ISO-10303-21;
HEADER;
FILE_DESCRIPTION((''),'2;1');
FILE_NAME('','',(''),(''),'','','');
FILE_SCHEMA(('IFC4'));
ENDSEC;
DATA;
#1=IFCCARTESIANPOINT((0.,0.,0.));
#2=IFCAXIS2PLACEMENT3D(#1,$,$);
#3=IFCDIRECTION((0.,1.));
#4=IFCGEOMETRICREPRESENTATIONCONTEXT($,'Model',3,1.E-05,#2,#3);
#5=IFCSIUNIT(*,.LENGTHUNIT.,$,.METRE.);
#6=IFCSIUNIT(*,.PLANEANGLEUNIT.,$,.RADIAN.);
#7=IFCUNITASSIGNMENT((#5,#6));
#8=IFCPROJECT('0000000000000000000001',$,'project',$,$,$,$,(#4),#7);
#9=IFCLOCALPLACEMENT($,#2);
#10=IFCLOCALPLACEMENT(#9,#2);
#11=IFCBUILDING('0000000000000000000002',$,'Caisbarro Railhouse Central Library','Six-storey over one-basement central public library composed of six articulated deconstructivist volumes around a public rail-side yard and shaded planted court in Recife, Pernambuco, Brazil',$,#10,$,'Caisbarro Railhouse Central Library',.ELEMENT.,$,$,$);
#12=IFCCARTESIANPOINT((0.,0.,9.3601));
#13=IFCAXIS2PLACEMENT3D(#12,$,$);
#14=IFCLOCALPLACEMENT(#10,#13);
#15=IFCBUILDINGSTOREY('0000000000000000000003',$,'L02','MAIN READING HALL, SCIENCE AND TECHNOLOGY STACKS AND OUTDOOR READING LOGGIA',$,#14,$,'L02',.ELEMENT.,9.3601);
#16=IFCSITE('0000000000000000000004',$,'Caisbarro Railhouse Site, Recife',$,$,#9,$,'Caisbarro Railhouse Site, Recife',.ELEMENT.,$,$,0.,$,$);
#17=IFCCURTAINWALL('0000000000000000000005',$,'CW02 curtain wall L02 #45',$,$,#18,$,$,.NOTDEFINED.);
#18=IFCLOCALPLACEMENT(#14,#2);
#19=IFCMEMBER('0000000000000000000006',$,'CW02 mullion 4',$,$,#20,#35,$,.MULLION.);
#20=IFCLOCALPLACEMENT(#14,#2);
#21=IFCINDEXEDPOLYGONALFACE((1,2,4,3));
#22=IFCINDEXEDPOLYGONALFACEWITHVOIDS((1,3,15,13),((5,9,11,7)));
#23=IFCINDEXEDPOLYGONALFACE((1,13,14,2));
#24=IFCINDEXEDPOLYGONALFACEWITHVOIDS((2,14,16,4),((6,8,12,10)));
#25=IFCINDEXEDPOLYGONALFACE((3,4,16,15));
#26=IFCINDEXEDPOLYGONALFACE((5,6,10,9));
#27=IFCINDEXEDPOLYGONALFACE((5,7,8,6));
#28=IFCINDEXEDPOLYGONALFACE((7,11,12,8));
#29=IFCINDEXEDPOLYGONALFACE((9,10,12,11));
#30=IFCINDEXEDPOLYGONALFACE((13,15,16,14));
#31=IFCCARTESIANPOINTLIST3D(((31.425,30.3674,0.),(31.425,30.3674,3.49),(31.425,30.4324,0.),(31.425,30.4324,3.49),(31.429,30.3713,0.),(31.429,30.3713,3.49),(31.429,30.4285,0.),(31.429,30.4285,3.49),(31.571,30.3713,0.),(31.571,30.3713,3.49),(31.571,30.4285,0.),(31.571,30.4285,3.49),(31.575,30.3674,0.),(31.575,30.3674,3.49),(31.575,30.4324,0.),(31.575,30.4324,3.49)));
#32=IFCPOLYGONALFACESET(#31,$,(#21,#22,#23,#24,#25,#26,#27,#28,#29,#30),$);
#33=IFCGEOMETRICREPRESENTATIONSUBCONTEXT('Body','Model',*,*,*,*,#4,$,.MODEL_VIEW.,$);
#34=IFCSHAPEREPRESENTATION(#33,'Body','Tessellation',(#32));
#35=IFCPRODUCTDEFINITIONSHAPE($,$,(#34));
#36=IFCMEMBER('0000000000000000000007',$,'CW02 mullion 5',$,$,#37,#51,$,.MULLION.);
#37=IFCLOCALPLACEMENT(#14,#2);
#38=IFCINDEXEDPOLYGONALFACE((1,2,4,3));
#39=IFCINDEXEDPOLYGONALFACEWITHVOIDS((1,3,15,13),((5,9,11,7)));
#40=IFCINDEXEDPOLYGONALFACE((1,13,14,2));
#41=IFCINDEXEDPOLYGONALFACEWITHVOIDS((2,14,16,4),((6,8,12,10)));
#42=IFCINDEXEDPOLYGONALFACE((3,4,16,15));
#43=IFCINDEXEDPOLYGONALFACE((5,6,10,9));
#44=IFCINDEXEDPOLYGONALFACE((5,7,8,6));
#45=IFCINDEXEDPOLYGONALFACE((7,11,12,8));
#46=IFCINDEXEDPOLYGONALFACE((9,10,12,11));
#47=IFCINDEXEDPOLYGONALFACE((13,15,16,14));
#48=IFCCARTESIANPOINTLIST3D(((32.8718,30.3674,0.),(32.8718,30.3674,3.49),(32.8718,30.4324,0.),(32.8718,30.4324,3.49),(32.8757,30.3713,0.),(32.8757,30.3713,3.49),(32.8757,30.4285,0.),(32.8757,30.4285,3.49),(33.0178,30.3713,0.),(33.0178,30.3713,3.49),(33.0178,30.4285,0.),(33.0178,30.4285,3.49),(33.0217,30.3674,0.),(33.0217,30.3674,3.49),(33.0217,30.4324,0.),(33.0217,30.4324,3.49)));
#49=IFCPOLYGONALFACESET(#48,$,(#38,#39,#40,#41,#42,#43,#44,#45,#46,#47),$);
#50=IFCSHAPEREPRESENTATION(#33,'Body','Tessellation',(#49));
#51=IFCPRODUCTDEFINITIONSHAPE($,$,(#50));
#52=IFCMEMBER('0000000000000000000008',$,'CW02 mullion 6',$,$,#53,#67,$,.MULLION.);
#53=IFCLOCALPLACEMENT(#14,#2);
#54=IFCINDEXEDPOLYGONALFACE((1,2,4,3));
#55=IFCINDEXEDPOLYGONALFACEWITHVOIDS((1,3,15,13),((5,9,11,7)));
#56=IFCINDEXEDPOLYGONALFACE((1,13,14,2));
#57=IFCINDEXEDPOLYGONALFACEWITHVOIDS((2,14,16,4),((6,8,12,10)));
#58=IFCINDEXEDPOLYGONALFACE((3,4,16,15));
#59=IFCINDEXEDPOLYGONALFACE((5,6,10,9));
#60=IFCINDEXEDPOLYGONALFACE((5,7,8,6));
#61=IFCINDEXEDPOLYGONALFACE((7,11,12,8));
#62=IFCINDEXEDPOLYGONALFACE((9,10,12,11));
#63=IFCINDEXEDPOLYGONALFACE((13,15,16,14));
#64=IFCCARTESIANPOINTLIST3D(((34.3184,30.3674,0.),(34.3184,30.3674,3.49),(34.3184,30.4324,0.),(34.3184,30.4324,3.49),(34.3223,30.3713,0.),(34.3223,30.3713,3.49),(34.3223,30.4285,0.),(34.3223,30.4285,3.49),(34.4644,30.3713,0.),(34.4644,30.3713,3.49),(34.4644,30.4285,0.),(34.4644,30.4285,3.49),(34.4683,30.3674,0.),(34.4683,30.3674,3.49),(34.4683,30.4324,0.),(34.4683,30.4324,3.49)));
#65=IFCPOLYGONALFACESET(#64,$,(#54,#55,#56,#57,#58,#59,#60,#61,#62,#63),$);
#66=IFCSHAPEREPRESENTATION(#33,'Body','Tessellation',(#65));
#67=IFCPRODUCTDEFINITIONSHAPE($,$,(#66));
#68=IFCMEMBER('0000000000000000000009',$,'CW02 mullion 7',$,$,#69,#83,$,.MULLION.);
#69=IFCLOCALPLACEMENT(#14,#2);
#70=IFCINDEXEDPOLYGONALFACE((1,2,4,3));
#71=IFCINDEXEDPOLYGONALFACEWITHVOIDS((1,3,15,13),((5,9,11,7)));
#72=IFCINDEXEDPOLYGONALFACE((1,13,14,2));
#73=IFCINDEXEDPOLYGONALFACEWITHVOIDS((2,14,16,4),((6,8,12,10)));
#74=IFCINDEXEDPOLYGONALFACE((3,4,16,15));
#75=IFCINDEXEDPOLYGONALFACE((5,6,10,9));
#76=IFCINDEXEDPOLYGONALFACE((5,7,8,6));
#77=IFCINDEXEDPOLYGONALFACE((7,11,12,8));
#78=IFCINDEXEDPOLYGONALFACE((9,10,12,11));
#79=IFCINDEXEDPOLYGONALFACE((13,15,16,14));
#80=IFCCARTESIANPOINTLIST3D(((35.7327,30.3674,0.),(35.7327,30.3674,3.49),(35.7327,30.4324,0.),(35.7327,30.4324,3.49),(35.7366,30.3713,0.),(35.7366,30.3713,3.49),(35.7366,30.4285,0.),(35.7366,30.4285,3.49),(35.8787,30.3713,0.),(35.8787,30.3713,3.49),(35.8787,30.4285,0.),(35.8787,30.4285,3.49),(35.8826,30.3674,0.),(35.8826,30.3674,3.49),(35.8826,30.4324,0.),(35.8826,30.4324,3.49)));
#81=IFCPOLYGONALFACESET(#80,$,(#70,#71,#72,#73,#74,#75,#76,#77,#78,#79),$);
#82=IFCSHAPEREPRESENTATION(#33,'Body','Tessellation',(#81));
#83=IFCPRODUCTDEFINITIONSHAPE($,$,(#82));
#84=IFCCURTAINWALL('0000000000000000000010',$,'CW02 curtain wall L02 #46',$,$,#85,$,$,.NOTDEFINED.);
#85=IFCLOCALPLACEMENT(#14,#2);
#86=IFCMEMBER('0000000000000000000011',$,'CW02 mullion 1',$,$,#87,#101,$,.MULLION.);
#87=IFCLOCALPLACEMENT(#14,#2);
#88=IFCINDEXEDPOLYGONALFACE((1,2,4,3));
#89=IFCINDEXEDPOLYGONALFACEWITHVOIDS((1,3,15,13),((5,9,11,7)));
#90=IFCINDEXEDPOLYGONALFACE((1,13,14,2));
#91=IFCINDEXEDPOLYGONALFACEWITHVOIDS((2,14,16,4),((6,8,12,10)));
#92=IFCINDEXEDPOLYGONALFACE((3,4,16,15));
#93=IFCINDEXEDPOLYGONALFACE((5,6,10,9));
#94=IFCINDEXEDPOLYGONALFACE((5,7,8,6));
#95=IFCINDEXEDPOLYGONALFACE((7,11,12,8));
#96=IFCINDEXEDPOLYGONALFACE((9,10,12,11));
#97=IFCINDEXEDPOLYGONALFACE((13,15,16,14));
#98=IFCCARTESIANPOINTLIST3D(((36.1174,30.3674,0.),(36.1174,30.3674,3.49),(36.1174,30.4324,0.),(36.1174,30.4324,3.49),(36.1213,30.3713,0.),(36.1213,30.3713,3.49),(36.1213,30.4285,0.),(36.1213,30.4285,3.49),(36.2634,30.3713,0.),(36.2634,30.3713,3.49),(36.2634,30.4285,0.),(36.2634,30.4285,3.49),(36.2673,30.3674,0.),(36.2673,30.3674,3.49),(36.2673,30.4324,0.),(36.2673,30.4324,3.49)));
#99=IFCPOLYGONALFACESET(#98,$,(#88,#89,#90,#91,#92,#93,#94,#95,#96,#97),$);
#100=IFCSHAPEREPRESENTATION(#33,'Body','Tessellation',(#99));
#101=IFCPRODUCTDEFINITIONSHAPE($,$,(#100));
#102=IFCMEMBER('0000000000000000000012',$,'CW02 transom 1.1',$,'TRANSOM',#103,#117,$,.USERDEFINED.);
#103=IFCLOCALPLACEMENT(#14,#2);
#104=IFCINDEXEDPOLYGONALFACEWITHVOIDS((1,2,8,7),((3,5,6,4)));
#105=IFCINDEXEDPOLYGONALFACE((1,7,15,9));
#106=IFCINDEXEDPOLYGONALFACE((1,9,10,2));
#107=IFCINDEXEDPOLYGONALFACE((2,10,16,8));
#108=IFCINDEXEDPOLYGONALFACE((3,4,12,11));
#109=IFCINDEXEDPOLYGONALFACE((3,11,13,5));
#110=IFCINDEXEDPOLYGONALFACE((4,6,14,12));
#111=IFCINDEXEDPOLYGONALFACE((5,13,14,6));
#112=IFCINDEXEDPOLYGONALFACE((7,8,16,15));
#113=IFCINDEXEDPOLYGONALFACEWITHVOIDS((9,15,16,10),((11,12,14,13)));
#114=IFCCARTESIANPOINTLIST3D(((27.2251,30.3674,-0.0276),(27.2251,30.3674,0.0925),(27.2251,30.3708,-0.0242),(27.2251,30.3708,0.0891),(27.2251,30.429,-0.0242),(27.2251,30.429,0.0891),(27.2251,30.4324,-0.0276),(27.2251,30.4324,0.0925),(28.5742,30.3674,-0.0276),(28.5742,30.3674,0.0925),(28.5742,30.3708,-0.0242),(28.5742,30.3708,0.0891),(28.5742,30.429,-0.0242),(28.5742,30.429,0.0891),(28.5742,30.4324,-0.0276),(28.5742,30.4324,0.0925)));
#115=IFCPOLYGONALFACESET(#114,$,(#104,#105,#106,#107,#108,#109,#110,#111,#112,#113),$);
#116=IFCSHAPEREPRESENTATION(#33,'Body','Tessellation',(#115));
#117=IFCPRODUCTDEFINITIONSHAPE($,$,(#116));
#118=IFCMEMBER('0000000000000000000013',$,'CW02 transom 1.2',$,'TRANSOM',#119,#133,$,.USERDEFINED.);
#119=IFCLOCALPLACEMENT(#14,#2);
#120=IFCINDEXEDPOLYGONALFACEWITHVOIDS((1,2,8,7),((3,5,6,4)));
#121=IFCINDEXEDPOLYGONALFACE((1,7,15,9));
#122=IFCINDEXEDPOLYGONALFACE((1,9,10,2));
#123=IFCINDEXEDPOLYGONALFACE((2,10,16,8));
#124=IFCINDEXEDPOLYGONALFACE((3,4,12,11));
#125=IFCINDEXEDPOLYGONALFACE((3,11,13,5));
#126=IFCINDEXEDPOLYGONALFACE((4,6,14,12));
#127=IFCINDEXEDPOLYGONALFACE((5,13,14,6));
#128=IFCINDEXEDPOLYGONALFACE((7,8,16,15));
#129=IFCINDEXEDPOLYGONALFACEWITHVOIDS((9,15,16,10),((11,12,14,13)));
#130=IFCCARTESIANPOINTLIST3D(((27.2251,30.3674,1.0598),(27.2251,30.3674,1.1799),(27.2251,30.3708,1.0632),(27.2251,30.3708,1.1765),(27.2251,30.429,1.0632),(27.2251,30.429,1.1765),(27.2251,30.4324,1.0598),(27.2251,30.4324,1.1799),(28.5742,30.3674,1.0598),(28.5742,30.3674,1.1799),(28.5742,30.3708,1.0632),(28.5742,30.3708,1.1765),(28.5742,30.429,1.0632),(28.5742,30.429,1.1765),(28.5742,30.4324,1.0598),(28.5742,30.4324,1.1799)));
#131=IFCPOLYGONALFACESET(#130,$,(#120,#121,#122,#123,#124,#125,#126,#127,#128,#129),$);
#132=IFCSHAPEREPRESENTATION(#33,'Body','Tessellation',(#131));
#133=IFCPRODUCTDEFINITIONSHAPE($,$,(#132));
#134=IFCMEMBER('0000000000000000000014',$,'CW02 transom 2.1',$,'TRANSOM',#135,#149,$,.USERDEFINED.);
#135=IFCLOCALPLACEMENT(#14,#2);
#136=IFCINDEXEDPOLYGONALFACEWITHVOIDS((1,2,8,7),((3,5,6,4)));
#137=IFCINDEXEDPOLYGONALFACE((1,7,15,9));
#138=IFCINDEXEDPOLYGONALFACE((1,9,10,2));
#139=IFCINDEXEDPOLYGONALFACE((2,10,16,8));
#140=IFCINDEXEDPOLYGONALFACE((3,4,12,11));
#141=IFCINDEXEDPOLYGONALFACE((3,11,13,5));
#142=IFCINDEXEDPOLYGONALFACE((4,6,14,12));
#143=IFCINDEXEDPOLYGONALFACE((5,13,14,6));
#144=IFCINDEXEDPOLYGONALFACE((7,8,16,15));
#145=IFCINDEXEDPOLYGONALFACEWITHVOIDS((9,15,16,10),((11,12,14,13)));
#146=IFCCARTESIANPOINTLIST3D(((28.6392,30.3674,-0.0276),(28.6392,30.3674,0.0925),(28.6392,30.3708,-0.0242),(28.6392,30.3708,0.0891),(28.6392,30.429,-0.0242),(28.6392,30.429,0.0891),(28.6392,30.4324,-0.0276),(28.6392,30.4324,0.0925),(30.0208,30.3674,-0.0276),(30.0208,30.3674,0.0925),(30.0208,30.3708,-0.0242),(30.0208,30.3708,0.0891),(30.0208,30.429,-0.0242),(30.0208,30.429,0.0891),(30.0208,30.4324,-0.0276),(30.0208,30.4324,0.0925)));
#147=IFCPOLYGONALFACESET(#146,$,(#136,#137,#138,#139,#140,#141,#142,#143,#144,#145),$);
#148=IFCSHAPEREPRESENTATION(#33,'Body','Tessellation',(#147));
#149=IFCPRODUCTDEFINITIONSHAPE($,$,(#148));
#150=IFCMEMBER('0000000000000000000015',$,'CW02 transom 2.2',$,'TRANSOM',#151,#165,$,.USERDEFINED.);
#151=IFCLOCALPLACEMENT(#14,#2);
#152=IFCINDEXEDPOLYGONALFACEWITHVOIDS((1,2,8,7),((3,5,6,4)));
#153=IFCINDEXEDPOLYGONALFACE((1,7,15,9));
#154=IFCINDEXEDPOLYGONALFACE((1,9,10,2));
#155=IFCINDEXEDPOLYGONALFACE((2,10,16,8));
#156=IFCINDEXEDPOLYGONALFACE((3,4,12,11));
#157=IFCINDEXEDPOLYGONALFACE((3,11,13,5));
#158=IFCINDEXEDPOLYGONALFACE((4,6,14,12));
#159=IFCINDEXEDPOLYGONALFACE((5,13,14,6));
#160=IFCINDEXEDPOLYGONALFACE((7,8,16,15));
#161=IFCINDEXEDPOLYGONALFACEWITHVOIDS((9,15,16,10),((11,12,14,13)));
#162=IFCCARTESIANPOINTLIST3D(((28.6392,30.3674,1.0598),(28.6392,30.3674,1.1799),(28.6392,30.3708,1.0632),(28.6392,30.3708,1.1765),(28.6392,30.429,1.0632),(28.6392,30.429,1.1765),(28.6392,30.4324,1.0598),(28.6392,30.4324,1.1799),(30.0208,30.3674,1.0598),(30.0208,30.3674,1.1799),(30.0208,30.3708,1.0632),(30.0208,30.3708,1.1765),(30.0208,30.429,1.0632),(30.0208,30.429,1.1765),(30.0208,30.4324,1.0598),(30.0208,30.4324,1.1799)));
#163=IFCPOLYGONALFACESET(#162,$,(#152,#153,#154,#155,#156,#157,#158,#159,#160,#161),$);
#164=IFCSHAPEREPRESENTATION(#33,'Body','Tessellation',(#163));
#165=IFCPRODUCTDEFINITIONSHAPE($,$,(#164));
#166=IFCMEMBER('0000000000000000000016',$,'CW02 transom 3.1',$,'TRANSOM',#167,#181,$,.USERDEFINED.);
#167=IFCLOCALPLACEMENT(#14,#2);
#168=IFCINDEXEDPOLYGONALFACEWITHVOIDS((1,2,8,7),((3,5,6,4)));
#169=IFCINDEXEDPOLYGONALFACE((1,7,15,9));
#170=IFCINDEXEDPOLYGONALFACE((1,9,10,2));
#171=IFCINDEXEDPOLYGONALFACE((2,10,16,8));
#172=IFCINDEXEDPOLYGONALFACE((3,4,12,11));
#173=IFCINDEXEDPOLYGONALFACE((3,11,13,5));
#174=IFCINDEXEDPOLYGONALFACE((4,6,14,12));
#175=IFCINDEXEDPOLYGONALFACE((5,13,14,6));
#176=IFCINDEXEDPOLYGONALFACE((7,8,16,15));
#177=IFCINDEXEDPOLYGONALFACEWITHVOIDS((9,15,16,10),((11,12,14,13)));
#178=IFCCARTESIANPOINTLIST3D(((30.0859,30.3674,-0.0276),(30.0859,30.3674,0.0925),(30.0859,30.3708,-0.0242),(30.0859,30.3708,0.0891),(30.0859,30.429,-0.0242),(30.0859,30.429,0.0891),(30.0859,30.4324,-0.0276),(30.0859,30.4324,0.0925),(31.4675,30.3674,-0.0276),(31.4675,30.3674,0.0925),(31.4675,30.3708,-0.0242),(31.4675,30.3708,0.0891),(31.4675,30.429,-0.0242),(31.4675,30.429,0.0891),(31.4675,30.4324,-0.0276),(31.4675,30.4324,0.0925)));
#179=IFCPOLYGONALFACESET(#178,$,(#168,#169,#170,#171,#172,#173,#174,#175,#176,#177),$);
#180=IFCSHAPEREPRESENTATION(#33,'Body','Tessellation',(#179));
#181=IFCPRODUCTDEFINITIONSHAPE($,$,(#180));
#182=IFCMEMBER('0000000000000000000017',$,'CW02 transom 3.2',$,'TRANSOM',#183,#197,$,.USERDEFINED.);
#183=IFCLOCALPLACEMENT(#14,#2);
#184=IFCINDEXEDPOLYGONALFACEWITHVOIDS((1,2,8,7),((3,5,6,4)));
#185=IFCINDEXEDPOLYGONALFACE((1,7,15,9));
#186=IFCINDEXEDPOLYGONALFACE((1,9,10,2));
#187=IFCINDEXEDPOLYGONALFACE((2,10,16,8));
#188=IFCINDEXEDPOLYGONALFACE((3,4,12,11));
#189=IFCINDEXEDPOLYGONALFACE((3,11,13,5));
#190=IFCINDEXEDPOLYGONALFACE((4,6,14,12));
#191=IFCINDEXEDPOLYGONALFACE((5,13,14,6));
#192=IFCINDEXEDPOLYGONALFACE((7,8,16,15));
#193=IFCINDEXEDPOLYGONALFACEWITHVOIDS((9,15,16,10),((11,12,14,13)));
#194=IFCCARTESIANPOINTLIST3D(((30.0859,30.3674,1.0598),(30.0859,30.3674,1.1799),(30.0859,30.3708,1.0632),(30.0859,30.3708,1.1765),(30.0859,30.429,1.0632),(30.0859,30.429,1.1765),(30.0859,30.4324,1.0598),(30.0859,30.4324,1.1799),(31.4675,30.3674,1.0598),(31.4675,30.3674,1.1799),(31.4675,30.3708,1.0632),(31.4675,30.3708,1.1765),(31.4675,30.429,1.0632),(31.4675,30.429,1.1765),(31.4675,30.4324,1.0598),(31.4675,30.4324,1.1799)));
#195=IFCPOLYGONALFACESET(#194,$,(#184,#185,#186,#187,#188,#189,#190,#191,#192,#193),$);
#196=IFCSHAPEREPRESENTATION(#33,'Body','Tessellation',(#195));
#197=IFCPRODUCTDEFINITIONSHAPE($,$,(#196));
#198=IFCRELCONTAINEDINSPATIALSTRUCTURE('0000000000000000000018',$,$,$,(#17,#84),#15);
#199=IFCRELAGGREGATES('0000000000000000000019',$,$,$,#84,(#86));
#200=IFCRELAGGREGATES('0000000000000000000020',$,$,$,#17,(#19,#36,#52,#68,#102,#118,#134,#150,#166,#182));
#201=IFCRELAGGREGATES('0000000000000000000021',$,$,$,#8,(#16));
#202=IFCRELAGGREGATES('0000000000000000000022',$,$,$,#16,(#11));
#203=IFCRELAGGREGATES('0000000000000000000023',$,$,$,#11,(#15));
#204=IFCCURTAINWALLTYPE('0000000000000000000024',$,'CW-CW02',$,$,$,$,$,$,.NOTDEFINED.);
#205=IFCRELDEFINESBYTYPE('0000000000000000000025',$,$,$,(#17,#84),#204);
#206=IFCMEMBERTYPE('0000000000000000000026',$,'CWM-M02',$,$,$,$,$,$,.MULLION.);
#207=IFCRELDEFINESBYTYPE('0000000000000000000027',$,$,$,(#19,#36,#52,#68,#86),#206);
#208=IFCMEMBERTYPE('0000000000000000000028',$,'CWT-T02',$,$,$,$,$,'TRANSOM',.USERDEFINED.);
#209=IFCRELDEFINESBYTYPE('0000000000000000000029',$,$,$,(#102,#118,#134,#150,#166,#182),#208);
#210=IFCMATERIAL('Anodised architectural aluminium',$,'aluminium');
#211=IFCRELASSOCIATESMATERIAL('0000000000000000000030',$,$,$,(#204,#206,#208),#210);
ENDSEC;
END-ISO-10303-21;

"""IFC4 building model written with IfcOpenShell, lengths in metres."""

from ifc_helpers import new_model, si_unit, direction, frame, origin, origin_2d, place, context, subcontext, project, spatial, hollow_rectangle, extrude, material, material_profile, profile_set, type_object, element, aggregate, save


model = new_model("IFC4")

# Units and contexts
model_context = context("Model", 3, precision=1e-05, world=origin(), true_north=direction((0.0, 1.0)))
body_context = subcontext(model_context, "Body", "Model", "MODEL_VIEW")
ifc_project = project(units=[si_unit("LENGTHUNIT", "METRE"), si_unit("PLANEANGLEUNIT", "RADIAN")], contexts=[model_context])

# Site, building, storey
site_placement = place(None, origin())
site = spatial("IfcSite", under=ifc_project, at=site_placement, Name="Caisbarro Railhouse Site, Recife", LongName="Caisbarro Railhouse Site, Recife", CompositionType="ELEMENT", RefElevation=0.0)
building_placement = place(site_placement, origin())
building = spatial("IfcBuilding", under=site, at=building_placement, Name="Caisbarro Railhouse Central Library", Description="Six-storey over one-basement central public library composed of six articulated deconstructivist volumes around a public rail-side yard and shaded planted court in Recife, Pernambuco, Brazil", LongName="Caisbarro Railhouse Central Library", CompositionType="ELEMENT")
storey_placement = place(building_placement, frame((0.0, 0.0, 9.3601)))
storey = spatial("IfcBuildingStorey", under=building, at=storey_placement, Name="L02", Description="MAIN READING HALL, SCIENCE AND TECHNOLOGY STACKS AND OUTDOOR READING LOGGIA", LongName="L02", CompositionType="ELEMENT", Elevation=9.3601)

# Curtain wall, members
ifc_material_1 = material(Name="Anodised architectural aluminium", Category="aluminium")
curtain_wall_type = type_object("IfcCurtainWallType", Name="CW-CW02", PredefinedType="NOTDEFINED", material=ifc_material_1)
curtain_wall_1_placement = place(storey_placement, origin())
curtain_wall_1 = element("IfcCurtainWall", 1, at=curtain_wall_1_placement, inside=storey, type_object=curtain_wall_type, Name="CW02 curtain wall L02 #45", PredefinedType="NOTDEFINED")
ifc_material_profile_1 = material_profile(ifc_material_1, hollow_rectangle(XDim=0.0649, YDim=0.1499, WallThickness=0.0039, at=origin_2d()), Name="ALU-MUL-65X150")
ifc_profile_set_1 = profile_set([ifc_material_profile_1], Name="Anodised architectural aluminium")
member_type_1 = type_object("IfcMemberType", Name="CWM-M02", PredefinedType="MULLION", material=ifc_profile_set_1)
member_1_placement = place(storey_placement, frame((31.5, 30.3999, 0.0), z_axis=(0.0, 0.0, 1.0), x_axis=(0.0, 1.0, 0.0)))
member_1 = element("IfcMember", 2, at=member_1_placement, type_object=member_type_1, Name="CW02 mullion 4", PredefinedType="MULLION", context=body_context, shape_type="SweptSolid", body=[
    extrude(hollow_rectangle(XDim=0.0649, YDim=0.1499, WallThickness=0.0039, at=origin_2d()), origin(), (0.0, 0.0, 1.0), 3.49),
])
member_2_placement = place(storey_placement, frame((32.9468, 30.3999, 0.0), z_axis=(0.0, 0.0, 1.0), x_axis=(0.0, 1.0, 0.0)))
member_2 = element("IfcMember", 3, at=member_2_placement, type_object=member_type_1, Name="CW02 mullion 5", PredefinedType="MULLION", context=body_context, shape_type="SweptSolid", body=[
    extrude(hollow_rectangle(XDim=0.0649, YDim=0.1499, WallThickness=0.0039, at=origin_2d()), origin(), (0.0, 0.0, 1.0), 3.49),
])
member_3_placement = place(storey_placement, frame((34.3933, 30.3999, 0.0), z_axis=(0.0, 0.0, 1.0), x_axis=(0.0, 1.0, 0.0)))
member_3 = element("IfcMember", 4, at=member_3_placement, type_object=member_type_1, Name="CW02 mullion 6", PredefinedType="MULLION", context=body_context, shape_type="SweptSolid", body=[
    extrude(hollow_rectangle(XDim=0.0649, YDim=0.1499, WallThickness=0.0039, at=origin_2d()), origin(), (0.0, 0.0, 1.0), 3.49),
])
member_4_placement = place(storey_placement, frame((35.8076, 30.3999, 0.0), z_axis=(0.0, 0.0, 1.0), x_axis=(0.0, 1.0, 0.0)))
member_4 = element("IfcMember", 5, at=member_4_placement, type_object=member_type_1, Name="CW02 mullion 7", PredefinedType="MULLION", context=body_context, shape_type="SweptSolid", body=[
    extrude(hollow_rectangle(XDim=0.0649, YDim=0.1499, WallThickness=0.0039, at=origin_2d()), origin(), (0.0, 0.0, 1.0), 3.49),
])

# Curtain wall, member
curtain_wall_2_placement = place(storey_placement, origin())
curtain_wall_2 = element("IfcCurtainWall", 6, at=curtain_wall_2_placement, inside=storey, type_object=curtain_wall_type, Name="CW02 curtain wall L02 #46", PredefinedType="NOTDEFINED")
member_5_placement = place(storey_placement, frame((36.1924, 30.3999, 0.0), z_axis=(0.0, 0.0, 1.0), x_axis=(0.0, 1.0, 0.0)))
member_5 = element("IfcMember", 7, at=member_5_placement, type_object=member_type_1, Name="CW02 mullion 1", PredefinedType="MULLION", context=body_context, shape_type="SweptSolid", body=[
    extrude(hollow_rectangle(XDim=0.0649, YDim=0.1499, WallThickness=0.0039, at=origin_2d()), origin(), (0.0, 0.0, 1.0), 3.49),
])

# Members
ifc_material_profile_2 = material_profile(ifc_material_1, hollow_rectangle(XDim=0.0649, YDim=0.1201, WallThickness=0.0034, at=origin_2d()), Name="ALU-TRN-65X120")
ifc_profile_set_2 = profile_set([ifc_material_profile_2], Name="Anodised architectural aluminium")
member_type_2 = type_object("IfcMemberType", Name="CWT-T02", ElementType="TRANSOM", PredefinedType="USERDEFINED", material=ifc_profile_set_2)
member_6_placement = place(storey_placement, frame((27.2251, 30.3999, 0.0325), z_axis=(1.0, 0.0, 0.0), x_axis=(0.0, 1.0, 0.0)))
member_6 = element("IfcMember", 8, at=member_6_placement, type_object=member_type_2, Name="CW02 transom 1.1", ObjectType="TRANSOM", PredefinedType="USERDEFINED", context=body_context, shape_type="SweptSolid", body=[
    extrude(hollow_rectangle(XDim=0.0649, YDim=0.1201, WallThickness=0.0034, at=origin_2d()), origin(), (0.0, 0.0, 1.0), 1.3491),
])
member_7_placement = place(storey_placement, frame((27.2251, 30.3999, 1.1199), z_axis=(1.0, 0.0, 0.0), x_axis=(0.0, 1.0, 0.0)))
member_7 = element("IfcMember", 9, at=member_7_placement, type_object=member_type_2, Name="CW02 transom 1.2", ObjectType="TRANSOM", PredefinedType="USERDEFINED", context=body_context, shape_type="SweptSolid", body=[
    extrude(hollow_rectangle(XDim=0.0649, YDim=0.1201, WallThickness=0.0034, at=origin_2d()), origin(), (0.0, 0.0, 1.0), 1.3491),
])
member_8_placement = place(storey_placement, frame((28.6392, 30.3999, 0.0325), z_axis=(1.0, 0.0, 0.0), x_axis=(0.0, 1.0, 0.0)))
member_8 = element("IfcMember", 10, at=member_8_placement, type_object=member_type_2, Name="CW02 transom 2.1", ObjectType="TRANSOM", PredefinedType="USERDEFINED", context=body_context, shape_type="SweptSolid", body=[
    extrude(hollow_rectangle(XDim=0.0649, YDim=0.1201, WallThickness=0.0034, at=origin_2d()), origin(), (0.0, 0.0, 1.0), 1.3816),
])
member_9_placement = place(storey_placement, frame((28.6392, 30.3999, 1.1199), z_axis=(1.0, 0.0, 0.0), x_axis=(0.0, 1.0, 0.0)))
member_9 = element("IfcMember", 11, at=member_9_placement, type_object=member_type_2, Name="CW02 transom 2.2", ObjectType="TRANSOM", PredefinedType="USERDEFINED", context=body_context, shape_type="SweptSolid", body=[
    extrude(hollow_rectangle(XDim=0.0649, YDim=0.1201, WallThickness=0.0034, at=origin_2d()), origin(), (0.0, 0.0, 1.0), 1.3816),
])
member_10_placement = place(storey_placement, frame((30.0859, 30.3999, 0.0325), z_axis=(1.0, 0.0, 0.0), x_axis=(0.0, 1.0, 0.0)))
member_10 = element("IfcMember", 12, at=member_10_placement, type_object=member_type_2, Name="CW02 transom 3.1", ObjectType="TRANSOM", PredefinedType="USERDEFINED", context=body_context, shape_type="SweptSolid", body=[
    extrude(hollow_rectangle(XDim=0.0649, YDim=0.1201, WallThickness=0.0034, at=origin_2d()), origin(), (0.0, 0.0, 1.0), 1.3816),
])
member_11_placement = place(storey_placement, frame((30.0859, 30.3999, 1.1199), z_axis=(1.0, 0.0, 0.0), x_axis=(0.0, 1.0, 0.0)))
member_11 = element("IfcMember", 13, at=member_11_placement, type_object=member_type_2, Name="CW02 transom 3.2", ObjectType="TRANSOM", PredefinedType="USERDEFINED", context=body_context, shape_type="SweptSolid", body=[
    extrude(hollow_rectangle(XDim=0.0649, YDim=0.1201, WallThickness=0.0034, at=origin_2d()), origin(), (0.0, 0.0, 1.0), 1.3816),
])
aggregate(curtain_wall_2, [member_5])

aggregate(curtain_wall_1, [member_1, member_2, member_3, member_4, member_6, member_7, member_8, member_9, member_10, member_11])

save(model, "model.ifc")
